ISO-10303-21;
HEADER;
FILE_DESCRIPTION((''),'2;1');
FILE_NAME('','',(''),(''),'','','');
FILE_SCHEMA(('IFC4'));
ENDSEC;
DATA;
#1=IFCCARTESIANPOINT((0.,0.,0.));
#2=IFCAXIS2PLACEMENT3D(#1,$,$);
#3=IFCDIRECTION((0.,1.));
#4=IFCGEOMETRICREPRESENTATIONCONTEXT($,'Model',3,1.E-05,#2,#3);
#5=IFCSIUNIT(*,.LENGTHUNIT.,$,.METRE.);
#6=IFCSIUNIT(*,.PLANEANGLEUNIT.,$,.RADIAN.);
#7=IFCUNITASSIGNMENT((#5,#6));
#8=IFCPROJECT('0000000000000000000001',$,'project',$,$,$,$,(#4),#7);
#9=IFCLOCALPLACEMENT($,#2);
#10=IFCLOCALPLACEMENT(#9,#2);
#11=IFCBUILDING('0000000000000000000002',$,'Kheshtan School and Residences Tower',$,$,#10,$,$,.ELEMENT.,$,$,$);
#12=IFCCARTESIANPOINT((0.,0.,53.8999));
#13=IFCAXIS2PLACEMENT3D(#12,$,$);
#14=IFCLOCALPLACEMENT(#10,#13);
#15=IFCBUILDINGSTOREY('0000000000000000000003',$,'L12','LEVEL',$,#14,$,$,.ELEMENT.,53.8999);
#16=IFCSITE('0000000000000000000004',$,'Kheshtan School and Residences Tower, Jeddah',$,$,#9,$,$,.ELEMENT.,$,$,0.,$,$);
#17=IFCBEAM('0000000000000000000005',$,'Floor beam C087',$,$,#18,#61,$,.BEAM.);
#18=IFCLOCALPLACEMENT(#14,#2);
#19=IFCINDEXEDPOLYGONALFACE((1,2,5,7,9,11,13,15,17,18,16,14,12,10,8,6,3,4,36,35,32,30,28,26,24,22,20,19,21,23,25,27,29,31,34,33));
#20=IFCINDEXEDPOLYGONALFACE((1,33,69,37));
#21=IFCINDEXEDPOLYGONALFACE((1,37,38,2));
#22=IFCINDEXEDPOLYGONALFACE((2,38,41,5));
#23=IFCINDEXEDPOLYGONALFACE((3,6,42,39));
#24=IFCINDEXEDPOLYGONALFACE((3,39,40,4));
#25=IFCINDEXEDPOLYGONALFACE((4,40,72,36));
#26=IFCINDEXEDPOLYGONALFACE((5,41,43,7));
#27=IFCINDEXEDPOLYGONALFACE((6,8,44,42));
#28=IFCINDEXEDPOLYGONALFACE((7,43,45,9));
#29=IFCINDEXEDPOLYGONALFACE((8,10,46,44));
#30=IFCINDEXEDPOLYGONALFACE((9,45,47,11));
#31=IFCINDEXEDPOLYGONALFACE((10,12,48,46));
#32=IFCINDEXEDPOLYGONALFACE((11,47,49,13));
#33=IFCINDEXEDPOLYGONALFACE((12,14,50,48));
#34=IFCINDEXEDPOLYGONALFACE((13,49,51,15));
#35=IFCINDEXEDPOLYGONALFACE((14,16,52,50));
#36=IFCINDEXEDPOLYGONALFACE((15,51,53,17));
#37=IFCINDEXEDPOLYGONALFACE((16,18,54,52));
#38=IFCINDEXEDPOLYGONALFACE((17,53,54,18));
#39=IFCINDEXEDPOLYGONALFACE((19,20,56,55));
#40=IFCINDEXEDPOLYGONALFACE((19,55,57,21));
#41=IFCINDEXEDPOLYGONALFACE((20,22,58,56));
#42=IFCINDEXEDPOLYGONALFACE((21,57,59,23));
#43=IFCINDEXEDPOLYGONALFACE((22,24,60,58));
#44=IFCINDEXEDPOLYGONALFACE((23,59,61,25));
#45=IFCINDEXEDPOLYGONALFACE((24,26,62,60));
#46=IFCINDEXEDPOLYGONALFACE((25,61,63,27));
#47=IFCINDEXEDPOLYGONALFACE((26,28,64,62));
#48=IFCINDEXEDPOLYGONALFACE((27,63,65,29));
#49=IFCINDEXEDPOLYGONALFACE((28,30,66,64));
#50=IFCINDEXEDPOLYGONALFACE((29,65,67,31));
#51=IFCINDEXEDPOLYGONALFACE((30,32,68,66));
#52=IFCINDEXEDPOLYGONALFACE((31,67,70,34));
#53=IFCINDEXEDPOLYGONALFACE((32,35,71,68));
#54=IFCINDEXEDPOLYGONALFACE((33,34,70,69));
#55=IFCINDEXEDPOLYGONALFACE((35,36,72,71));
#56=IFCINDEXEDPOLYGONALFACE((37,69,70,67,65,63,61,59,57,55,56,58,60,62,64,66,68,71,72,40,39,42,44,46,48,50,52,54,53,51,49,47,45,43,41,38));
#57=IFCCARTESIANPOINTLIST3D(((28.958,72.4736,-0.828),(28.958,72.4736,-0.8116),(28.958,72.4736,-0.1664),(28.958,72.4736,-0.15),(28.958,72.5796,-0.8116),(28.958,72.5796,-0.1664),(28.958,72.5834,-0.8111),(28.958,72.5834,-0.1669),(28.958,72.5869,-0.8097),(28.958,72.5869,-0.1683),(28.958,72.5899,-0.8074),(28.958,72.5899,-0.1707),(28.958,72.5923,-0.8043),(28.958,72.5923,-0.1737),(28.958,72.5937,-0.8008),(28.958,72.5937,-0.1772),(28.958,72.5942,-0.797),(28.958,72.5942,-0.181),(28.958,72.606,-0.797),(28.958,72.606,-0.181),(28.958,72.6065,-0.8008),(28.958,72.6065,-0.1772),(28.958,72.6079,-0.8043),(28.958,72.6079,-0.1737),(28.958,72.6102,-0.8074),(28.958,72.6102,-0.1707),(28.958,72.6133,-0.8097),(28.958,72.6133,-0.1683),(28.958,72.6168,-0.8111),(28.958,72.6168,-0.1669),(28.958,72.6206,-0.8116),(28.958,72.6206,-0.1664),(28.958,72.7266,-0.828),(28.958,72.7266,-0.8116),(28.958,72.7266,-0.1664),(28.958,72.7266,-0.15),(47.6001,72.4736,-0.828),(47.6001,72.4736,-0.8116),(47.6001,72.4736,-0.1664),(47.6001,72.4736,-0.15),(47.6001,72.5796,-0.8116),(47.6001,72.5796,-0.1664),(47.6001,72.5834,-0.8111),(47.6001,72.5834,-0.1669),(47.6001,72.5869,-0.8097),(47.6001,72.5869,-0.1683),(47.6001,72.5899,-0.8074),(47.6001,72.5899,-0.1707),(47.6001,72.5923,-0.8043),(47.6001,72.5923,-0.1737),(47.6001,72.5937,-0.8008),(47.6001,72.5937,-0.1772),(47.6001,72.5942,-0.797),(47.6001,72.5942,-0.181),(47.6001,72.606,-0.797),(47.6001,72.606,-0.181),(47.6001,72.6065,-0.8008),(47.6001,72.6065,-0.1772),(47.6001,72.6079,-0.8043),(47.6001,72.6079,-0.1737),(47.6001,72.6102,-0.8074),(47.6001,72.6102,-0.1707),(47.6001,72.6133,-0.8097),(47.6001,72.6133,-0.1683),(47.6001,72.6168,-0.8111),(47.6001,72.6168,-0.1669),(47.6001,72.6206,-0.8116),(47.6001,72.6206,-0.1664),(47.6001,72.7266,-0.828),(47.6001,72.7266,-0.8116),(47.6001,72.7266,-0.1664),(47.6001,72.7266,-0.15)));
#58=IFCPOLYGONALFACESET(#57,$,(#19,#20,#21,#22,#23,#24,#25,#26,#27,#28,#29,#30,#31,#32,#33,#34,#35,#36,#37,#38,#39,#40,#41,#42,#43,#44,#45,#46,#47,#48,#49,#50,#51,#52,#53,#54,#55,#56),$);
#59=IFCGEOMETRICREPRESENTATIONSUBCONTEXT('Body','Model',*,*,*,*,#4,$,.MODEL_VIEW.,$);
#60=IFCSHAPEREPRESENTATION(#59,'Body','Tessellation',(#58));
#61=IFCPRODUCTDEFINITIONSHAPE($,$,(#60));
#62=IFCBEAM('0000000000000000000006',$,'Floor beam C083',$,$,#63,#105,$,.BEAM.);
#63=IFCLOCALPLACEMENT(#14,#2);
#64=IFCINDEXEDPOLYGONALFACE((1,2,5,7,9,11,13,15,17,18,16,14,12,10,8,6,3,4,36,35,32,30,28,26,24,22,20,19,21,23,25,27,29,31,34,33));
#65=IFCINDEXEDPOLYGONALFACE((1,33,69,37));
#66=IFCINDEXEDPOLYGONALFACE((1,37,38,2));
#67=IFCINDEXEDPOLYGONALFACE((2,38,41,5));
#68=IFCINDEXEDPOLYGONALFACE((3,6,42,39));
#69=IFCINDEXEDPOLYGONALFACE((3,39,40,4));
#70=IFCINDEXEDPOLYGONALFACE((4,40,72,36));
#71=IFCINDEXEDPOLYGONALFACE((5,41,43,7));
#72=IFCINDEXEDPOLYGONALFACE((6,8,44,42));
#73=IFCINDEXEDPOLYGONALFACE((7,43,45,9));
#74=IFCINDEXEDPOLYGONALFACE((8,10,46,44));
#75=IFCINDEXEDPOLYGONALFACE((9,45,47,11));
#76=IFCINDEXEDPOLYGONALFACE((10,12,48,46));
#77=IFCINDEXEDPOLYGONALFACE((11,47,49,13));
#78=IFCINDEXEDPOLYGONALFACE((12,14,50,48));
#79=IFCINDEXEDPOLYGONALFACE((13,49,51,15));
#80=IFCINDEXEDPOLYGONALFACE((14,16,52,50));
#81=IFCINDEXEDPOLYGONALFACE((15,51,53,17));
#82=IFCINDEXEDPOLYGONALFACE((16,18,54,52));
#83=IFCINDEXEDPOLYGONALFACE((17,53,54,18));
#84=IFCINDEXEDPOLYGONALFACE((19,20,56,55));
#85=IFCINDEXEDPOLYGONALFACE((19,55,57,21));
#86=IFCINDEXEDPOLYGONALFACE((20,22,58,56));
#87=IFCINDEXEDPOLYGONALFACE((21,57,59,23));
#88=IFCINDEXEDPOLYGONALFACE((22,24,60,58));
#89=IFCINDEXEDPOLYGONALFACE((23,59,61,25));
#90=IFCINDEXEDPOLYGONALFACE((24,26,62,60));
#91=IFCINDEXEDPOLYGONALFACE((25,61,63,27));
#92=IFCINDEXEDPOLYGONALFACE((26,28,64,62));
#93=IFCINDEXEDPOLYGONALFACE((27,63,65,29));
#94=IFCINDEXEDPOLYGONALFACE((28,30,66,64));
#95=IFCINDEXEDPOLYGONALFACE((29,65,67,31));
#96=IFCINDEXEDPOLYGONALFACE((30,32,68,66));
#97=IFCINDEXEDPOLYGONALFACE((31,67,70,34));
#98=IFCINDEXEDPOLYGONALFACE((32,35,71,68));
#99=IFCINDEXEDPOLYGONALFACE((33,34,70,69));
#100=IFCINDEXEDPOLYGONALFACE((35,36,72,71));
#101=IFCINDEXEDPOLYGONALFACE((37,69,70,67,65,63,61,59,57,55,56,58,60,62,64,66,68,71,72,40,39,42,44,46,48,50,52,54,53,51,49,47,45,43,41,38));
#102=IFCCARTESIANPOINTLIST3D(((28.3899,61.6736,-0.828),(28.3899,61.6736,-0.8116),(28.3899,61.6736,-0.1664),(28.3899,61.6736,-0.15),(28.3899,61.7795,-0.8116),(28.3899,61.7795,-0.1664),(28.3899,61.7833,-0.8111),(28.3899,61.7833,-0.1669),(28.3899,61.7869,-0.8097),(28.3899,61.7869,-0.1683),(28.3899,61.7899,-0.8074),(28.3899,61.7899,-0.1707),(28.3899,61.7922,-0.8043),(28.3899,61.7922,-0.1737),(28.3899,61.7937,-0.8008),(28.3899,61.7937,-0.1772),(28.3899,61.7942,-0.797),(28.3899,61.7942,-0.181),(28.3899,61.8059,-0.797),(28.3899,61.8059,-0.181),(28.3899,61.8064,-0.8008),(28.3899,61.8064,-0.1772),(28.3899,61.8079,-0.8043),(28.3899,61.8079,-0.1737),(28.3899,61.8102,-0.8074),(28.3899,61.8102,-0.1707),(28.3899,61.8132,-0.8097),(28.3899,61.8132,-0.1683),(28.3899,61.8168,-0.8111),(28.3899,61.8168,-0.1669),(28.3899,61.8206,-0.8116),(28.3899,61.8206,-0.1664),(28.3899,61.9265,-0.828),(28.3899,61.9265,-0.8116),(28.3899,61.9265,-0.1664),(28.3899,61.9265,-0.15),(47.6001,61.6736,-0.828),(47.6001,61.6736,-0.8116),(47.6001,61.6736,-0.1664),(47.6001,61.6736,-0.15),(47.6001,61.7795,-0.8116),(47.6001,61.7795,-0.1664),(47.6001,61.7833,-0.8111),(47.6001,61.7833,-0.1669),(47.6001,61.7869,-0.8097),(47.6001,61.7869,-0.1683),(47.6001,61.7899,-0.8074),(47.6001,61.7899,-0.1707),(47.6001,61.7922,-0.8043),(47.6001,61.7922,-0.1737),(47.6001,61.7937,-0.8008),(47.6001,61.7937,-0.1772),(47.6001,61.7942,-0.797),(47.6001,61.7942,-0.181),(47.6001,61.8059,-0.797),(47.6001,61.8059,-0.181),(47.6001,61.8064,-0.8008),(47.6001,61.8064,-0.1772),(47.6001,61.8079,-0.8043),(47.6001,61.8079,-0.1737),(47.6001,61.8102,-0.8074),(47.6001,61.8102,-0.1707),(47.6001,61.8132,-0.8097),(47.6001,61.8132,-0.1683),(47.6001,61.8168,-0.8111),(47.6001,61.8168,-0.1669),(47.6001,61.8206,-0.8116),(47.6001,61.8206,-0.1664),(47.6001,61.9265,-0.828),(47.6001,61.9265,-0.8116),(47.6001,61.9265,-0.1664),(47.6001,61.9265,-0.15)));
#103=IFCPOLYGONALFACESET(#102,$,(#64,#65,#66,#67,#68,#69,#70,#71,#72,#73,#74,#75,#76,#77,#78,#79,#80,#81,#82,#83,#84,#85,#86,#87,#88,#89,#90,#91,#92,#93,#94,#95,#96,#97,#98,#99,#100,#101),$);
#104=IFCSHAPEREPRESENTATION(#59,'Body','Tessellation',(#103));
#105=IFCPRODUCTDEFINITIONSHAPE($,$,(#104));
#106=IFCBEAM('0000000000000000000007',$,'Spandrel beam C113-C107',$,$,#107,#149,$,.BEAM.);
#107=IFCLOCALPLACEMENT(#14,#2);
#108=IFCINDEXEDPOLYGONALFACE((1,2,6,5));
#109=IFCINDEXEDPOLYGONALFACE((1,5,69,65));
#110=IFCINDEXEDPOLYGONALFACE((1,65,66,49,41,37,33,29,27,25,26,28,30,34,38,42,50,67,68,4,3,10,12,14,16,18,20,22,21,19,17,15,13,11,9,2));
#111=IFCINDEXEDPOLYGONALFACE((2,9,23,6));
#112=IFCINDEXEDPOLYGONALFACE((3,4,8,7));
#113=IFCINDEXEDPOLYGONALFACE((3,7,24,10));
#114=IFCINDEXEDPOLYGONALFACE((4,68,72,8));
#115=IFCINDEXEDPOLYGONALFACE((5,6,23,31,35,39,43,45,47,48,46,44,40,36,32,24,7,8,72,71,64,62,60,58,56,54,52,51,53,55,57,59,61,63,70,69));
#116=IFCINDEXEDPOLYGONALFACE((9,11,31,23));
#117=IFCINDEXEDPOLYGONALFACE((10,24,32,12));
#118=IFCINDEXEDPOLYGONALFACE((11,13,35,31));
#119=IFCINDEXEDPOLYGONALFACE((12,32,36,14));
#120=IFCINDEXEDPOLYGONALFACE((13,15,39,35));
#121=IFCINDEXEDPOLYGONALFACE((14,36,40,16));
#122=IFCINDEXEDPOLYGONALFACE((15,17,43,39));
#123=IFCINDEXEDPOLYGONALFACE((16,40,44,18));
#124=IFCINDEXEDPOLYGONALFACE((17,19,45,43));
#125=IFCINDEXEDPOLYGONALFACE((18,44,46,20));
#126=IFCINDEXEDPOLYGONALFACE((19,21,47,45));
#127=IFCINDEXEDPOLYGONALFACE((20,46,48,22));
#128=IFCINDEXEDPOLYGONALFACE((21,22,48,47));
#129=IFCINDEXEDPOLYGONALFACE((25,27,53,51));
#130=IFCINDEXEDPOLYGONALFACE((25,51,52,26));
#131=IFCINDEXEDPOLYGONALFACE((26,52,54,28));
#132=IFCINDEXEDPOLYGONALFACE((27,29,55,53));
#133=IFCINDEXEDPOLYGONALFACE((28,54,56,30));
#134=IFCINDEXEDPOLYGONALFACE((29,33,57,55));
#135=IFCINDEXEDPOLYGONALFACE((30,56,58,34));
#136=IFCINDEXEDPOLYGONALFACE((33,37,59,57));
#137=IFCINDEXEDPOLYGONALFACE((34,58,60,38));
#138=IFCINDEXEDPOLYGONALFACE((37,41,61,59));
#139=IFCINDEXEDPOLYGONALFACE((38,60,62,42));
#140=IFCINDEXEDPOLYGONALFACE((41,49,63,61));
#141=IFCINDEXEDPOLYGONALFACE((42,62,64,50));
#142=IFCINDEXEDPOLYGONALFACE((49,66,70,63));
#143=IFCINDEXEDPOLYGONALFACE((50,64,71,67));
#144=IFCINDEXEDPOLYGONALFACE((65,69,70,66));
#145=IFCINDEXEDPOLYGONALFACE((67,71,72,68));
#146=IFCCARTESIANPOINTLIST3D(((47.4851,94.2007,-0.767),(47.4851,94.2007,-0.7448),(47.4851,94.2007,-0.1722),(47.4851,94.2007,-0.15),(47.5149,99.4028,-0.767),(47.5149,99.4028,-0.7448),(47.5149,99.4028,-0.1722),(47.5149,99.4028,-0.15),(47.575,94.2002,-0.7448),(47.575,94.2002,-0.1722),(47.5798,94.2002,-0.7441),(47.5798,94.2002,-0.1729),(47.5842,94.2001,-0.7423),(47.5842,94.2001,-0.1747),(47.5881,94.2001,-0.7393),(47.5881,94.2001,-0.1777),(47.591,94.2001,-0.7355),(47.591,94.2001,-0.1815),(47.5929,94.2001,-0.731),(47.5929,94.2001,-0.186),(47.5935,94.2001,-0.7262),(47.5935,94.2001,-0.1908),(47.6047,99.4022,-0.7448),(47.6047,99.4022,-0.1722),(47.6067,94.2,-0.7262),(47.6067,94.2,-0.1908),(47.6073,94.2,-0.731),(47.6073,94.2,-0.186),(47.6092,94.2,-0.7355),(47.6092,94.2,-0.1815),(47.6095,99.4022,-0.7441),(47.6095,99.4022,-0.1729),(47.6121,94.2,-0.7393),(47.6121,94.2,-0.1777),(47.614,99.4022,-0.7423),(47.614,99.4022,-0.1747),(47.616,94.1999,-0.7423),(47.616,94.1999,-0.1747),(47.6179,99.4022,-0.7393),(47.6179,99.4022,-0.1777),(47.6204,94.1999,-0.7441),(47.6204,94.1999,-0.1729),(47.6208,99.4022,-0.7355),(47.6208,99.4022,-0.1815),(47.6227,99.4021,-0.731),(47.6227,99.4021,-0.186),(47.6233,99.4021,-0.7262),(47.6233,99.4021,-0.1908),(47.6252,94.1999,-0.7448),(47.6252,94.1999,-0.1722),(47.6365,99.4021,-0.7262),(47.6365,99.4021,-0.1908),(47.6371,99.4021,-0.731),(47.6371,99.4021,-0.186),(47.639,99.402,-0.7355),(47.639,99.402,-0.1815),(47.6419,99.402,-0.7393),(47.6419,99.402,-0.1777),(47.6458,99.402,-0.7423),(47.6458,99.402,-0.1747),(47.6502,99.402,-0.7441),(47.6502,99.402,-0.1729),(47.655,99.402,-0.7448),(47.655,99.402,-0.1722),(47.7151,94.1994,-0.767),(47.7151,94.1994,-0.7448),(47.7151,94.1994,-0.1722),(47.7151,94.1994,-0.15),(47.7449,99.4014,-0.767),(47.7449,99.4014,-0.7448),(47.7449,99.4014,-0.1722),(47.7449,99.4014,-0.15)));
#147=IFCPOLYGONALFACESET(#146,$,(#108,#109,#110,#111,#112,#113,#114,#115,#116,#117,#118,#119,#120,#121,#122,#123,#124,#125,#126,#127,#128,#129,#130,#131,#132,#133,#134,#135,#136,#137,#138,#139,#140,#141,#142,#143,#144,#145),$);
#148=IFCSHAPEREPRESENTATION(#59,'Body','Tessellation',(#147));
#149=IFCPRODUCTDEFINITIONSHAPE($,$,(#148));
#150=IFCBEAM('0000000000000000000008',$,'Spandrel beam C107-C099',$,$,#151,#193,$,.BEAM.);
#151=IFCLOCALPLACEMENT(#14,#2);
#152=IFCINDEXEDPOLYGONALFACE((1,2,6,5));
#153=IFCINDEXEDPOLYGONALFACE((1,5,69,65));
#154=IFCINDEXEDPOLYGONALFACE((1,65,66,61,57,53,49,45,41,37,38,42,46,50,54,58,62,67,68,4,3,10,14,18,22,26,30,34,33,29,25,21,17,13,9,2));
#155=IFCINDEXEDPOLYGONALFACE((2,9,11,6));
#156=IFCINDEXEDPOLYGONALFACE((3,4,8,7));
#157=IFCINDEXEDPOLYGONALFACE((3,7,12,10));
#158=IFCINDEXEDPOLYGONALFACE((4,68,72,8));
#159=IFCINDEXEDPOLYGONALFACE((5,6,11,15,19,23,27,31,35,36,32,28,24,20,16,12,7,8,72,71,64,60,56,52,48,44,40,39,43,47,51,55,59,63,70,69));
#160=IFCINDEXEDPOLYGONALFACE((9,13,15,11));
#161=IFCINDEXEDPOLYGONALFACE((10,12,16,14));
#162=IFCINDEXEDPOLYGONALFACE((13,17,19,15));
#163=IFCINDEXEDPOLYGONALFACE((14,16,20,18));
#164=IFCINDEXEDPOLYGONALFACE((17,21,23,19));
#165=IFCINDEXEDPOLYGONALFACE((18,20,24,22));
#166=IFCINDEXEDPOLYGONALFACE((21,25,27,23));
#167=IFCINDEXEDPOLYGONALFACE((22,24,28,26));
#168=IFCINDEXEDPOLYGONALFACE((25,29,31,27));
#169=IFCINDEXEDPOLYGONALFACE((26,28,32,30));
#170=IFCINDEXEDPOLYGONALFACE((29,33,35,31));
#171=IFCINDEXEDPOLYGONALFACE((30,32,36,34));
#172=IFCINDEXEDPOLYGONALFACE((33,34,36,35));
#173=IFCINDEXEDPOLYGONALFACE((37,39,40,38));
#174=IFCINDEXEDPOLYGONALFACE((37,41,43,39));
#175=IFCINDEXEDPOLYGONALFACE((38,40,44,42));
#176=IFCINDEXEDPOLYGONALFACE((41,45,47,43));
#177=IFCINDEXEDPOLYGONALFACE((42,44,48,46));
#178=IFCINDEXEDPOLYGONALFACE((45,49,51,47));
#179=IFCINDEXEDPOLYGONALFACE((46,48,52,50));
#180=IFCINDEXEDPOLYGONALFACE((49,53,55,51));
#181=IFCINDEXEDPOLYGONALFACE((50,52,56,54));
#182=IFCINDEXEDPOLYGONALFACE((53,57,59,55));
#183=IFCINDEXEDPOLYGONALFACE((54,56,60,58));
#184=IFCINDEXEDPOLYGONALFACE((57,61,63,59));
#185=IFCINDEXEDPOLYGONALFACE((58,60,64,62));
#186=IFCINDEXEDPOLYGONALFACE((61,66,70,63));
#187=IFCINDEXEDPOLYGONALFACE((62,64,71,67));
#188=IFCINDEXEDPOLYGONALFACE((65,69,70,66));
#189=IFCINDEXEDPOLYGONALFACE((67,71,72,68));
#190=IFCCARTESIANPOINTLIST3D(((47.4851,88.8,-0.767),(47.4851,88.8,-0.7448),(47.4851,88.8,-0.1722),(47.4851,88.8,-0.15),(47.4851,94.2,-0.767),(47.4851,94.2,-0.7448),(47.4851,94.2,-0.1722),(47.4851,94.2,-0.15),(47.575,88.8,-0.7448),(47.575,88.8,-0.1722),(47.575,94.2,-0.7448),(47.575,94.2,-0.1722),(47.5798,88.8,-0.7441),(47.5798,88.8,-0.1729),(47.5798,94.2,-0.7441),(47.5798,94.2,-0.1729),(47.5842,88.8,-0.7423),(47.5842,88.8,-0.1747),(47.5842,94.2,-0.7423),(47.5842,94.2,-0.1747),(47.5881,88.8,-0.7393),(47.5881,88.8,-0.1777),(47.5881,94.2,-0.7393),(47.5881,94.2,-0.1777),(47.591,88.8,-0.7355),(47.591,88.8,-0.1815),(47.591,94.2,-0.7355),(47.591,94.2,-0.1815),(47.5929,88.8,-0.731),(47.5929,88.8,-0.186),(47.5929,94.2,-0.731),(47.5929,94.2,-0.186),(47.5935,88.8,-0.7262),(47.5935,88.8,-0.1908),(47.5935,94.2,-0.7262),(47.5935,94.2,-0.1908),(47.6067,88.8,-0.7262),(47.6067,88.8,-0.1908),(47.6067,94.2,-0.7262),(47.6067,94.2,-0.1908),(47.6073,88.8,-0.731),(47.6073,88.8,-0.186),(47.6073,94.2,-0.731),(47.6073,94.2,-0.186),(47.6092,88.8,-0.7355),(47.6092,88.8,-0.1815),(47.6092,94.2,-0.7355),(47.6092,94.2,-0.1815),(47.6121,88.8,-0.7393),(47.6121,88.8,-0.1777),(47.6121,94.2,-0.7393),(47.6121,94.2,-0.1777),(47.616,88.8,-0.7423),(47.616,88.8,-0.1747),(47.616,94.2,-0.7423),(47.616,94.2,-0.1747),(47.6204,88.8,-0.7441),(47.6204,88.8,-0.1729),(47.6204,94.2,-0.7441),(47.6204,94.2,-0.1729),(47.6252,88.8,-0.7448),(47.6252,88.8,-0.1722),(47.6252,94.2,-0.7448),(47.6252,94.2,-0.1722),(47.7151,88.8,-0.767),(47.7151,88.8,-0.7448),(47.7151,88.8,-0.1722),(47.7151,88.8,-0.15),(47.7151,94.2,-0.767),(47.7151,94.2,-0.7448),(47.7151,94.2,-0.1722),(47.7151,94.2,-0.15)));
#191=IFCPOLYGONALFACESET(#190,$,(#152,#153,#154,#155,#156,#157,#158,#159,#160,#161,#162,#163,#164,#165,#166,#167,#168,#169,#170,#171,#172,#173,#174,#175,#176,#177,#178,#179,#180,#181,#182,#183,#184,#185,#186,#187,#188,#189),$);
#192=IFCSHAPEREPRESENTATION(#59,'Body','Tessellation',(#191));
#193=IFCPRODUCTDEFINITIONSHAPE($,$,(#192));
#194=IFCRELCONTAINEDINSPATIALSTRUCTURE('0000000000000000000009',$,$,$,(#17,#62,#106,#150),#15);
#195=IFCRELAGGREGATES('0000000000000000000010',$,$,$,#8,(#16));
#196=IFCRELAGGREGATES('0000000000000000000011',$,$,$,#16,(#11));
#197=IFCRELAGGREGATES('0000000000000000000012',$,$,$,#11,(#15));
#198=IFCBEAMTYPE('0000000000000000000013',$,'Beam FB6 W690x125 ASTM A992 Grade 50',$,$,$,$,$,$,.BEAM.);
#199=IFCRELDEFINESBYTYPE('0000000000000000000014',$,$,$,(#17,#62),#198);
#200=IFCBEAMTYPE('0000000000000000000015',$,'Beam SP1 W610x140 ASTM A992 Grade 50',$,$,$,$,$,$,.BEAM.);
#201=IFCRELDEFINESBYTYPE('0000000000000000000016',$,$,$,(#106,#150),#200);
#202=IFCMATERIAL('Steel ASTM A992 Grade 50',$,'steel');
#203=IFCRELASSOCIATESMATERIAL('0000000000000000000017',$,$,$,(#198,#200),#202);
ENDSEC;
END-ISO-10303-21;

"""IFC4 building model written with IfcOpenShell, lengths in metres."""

from ifc_helpers import new_model, si_unit, direction, frame, origin, origin_2d, place, context, subcontext, project, spatial, i_section, extrude, material, material_profile, profile_set, type_object, element, save


model = new_model("IFC4")

# Units and contexts
model_context = context("Model", 3, precision=1e-05, world=origin(), true_north=direction((0.0, 1.0)))
body_context = subcontext(model_context, "Body", "Model", "MODEL_VIEW")
ifc_project = project(units=[si_unit("LENGTHUNIT", "METRE"), si_unit("PLANEANGLEUNIT", "RADIAN")], contexts=[model_context])

# Site, building, storey
site_placement = place(None, origin())
site = spatial("IfcSite", under=ifc_project, at=site_placement, Name="Kheshtan School and Residences Tower, Jeddah", CompositionType="ELEMENT", RefElevation=0.0)
building_placement = place(site_placement, origin())
building = spatial("IfcBuilding", under=site, at=building_placement, Name="Kheshtan School and Residences Tower", CompositionType="ELEMENT")
storey_placement = place(building_placement, frame((0.0, 0.0, 53.8999)))
storey = spatial("IfcBuildingStorey", under=building, at=storey_placement, Name="L12", Description="LEVEL", CompositionType="ELEMENT", Elevation=53.8999)

# Shared definitions
ifc_material = material(Name="Steel ASTM A992 Grade 50", Category="steel")

# Beams
ifc_material_profile_1 = material_profile(ifc_material, i_section(OverallWidth=0.2529, OverallDepth=0.678, WebThickness=0.0117, FlangeThickness=0.0164, FilletRadius=0.0146, at=origin_2d()), Name="W690x125")
ifc_profile_set_1 = profile_set([ifc_material_profile_1], Name="Steel ASTM A992 Grade 50")
beam_type_1 = type_object("IfcBeamType", Name="Beam FB6 W690x125 ASTM A992 Grade 50", PredefinedType="BEAM", material=ifc_profile_set_1)
beam_1_placement = place(storey_placement, frame((47.6001, 72.6001, -0.489), z_axis=(-1.0, 0.0, 0.0), x_axis=(0.0, -1.0, 0.0)))
element("IfcBeam", 1, at=beam_1_placement, inside=storey, type_object=beam_type_1, Name="Floor beam C087", PredefinedType="BEAM", context=body_context, shape_type="SweptSolid", body=[
    extrude(i_section(OverallWidth=0.2529, OverallDepth=0.678, WebThickness=0.0117, FlangeThickness=0.0164, FilletRadius=0.0146, at=origin_2d()), origin(), (0.0, 0.0, 1.0), 18.6421),
])
beam_2_placement = place(storey_placement, frame((47.6001, 61.8, -0.489), z_axis=(-1.0, 0.0, 0.0), x_axis=(0.0, -1.0, 0.0)))
element("IfcBeam", 2, at=beam_2_placement, inside=storey, type_object=beam_type_1, Name="Floor beam C083", PredefinedType="BEAM", context=body_context, shape_type="SweptSolid", body=[
    extrude(i_section(OverallWidth=0.2529, OverallDepth=0.678, WebThickness=0.0117, FlangeThickness=0.0164, FilletRadius=0.0146, at=origin_2d()), origin(), (0.0, 0.0, 1.0), 19.2102),
])
ifc_material_profile_2 = material_profile(ifc_material, i_section(OverallWidth=0.23, OverallDepth=0.6169, WebThickness=0.0132, FlangeThickness=0.0222, FilletRadius=0.0186, at=origin_2d()), Name="W610x140")
ifc_profile_set_2 = profile_set([ifc_material_profile_2], Name="Steel ASTM A992 Grade 50")
beam_type_2 = type_object("IfcBeamType", Name="Beam SP1 W610x140 ASTM A992 Grade 50", PredefinedType="BEAM", material=ifc_profile_set_2)
beam_3_placement = place(storey_placement, frame((47.6299, 99.4021, -0.4585), z_axis=(-0.005725, -0.999984, 0.0), x_axis=(0.999984, -0.005725, 0.0)))
element("IfcBeam", 3, at=beam_3_placement, inside=storey, type_object=beam_type_2, Name="Spandrel beam C113-C107", PredefinedType="BEAM", context=body_context, shape_type="SweptSolid", body=[
    extrude(i_section(OverallWidth=0.23, OverallDepth=0.6169, WebThickness=0.0132, FlangeThickness=0.0222, FilletRadius=0.0186, at=origin_2d()), origin(), (0.0, 0.0, 1.0), 5.2021),
])
beam_4_placement = place(storey_placement, frame((47.6001, 94.2, -0.4585), z_axis=(0.0, -1.0, 0.0), x_axis=(1.0, 0.0, 0.0)))
element("IfcBeam", 4, at=beam_4_placement, inside=storey, type_object=beam_type_2, Name="Spandrel beam C107-C099", PredefinedType="BEAM", context=body_context, shape_type="SweptSolid", body=[
    extrude(i_section(OverallWidth=0.23, OverallDepth=0.6169, WebThickness=0.0132, FlangeThickness=0.0222, FilletRadius=0.0186, at=origin_2d()), origin(), (0.0, 0.0, 1.0), 5.3999),
])

save(model, "model.ifc")
